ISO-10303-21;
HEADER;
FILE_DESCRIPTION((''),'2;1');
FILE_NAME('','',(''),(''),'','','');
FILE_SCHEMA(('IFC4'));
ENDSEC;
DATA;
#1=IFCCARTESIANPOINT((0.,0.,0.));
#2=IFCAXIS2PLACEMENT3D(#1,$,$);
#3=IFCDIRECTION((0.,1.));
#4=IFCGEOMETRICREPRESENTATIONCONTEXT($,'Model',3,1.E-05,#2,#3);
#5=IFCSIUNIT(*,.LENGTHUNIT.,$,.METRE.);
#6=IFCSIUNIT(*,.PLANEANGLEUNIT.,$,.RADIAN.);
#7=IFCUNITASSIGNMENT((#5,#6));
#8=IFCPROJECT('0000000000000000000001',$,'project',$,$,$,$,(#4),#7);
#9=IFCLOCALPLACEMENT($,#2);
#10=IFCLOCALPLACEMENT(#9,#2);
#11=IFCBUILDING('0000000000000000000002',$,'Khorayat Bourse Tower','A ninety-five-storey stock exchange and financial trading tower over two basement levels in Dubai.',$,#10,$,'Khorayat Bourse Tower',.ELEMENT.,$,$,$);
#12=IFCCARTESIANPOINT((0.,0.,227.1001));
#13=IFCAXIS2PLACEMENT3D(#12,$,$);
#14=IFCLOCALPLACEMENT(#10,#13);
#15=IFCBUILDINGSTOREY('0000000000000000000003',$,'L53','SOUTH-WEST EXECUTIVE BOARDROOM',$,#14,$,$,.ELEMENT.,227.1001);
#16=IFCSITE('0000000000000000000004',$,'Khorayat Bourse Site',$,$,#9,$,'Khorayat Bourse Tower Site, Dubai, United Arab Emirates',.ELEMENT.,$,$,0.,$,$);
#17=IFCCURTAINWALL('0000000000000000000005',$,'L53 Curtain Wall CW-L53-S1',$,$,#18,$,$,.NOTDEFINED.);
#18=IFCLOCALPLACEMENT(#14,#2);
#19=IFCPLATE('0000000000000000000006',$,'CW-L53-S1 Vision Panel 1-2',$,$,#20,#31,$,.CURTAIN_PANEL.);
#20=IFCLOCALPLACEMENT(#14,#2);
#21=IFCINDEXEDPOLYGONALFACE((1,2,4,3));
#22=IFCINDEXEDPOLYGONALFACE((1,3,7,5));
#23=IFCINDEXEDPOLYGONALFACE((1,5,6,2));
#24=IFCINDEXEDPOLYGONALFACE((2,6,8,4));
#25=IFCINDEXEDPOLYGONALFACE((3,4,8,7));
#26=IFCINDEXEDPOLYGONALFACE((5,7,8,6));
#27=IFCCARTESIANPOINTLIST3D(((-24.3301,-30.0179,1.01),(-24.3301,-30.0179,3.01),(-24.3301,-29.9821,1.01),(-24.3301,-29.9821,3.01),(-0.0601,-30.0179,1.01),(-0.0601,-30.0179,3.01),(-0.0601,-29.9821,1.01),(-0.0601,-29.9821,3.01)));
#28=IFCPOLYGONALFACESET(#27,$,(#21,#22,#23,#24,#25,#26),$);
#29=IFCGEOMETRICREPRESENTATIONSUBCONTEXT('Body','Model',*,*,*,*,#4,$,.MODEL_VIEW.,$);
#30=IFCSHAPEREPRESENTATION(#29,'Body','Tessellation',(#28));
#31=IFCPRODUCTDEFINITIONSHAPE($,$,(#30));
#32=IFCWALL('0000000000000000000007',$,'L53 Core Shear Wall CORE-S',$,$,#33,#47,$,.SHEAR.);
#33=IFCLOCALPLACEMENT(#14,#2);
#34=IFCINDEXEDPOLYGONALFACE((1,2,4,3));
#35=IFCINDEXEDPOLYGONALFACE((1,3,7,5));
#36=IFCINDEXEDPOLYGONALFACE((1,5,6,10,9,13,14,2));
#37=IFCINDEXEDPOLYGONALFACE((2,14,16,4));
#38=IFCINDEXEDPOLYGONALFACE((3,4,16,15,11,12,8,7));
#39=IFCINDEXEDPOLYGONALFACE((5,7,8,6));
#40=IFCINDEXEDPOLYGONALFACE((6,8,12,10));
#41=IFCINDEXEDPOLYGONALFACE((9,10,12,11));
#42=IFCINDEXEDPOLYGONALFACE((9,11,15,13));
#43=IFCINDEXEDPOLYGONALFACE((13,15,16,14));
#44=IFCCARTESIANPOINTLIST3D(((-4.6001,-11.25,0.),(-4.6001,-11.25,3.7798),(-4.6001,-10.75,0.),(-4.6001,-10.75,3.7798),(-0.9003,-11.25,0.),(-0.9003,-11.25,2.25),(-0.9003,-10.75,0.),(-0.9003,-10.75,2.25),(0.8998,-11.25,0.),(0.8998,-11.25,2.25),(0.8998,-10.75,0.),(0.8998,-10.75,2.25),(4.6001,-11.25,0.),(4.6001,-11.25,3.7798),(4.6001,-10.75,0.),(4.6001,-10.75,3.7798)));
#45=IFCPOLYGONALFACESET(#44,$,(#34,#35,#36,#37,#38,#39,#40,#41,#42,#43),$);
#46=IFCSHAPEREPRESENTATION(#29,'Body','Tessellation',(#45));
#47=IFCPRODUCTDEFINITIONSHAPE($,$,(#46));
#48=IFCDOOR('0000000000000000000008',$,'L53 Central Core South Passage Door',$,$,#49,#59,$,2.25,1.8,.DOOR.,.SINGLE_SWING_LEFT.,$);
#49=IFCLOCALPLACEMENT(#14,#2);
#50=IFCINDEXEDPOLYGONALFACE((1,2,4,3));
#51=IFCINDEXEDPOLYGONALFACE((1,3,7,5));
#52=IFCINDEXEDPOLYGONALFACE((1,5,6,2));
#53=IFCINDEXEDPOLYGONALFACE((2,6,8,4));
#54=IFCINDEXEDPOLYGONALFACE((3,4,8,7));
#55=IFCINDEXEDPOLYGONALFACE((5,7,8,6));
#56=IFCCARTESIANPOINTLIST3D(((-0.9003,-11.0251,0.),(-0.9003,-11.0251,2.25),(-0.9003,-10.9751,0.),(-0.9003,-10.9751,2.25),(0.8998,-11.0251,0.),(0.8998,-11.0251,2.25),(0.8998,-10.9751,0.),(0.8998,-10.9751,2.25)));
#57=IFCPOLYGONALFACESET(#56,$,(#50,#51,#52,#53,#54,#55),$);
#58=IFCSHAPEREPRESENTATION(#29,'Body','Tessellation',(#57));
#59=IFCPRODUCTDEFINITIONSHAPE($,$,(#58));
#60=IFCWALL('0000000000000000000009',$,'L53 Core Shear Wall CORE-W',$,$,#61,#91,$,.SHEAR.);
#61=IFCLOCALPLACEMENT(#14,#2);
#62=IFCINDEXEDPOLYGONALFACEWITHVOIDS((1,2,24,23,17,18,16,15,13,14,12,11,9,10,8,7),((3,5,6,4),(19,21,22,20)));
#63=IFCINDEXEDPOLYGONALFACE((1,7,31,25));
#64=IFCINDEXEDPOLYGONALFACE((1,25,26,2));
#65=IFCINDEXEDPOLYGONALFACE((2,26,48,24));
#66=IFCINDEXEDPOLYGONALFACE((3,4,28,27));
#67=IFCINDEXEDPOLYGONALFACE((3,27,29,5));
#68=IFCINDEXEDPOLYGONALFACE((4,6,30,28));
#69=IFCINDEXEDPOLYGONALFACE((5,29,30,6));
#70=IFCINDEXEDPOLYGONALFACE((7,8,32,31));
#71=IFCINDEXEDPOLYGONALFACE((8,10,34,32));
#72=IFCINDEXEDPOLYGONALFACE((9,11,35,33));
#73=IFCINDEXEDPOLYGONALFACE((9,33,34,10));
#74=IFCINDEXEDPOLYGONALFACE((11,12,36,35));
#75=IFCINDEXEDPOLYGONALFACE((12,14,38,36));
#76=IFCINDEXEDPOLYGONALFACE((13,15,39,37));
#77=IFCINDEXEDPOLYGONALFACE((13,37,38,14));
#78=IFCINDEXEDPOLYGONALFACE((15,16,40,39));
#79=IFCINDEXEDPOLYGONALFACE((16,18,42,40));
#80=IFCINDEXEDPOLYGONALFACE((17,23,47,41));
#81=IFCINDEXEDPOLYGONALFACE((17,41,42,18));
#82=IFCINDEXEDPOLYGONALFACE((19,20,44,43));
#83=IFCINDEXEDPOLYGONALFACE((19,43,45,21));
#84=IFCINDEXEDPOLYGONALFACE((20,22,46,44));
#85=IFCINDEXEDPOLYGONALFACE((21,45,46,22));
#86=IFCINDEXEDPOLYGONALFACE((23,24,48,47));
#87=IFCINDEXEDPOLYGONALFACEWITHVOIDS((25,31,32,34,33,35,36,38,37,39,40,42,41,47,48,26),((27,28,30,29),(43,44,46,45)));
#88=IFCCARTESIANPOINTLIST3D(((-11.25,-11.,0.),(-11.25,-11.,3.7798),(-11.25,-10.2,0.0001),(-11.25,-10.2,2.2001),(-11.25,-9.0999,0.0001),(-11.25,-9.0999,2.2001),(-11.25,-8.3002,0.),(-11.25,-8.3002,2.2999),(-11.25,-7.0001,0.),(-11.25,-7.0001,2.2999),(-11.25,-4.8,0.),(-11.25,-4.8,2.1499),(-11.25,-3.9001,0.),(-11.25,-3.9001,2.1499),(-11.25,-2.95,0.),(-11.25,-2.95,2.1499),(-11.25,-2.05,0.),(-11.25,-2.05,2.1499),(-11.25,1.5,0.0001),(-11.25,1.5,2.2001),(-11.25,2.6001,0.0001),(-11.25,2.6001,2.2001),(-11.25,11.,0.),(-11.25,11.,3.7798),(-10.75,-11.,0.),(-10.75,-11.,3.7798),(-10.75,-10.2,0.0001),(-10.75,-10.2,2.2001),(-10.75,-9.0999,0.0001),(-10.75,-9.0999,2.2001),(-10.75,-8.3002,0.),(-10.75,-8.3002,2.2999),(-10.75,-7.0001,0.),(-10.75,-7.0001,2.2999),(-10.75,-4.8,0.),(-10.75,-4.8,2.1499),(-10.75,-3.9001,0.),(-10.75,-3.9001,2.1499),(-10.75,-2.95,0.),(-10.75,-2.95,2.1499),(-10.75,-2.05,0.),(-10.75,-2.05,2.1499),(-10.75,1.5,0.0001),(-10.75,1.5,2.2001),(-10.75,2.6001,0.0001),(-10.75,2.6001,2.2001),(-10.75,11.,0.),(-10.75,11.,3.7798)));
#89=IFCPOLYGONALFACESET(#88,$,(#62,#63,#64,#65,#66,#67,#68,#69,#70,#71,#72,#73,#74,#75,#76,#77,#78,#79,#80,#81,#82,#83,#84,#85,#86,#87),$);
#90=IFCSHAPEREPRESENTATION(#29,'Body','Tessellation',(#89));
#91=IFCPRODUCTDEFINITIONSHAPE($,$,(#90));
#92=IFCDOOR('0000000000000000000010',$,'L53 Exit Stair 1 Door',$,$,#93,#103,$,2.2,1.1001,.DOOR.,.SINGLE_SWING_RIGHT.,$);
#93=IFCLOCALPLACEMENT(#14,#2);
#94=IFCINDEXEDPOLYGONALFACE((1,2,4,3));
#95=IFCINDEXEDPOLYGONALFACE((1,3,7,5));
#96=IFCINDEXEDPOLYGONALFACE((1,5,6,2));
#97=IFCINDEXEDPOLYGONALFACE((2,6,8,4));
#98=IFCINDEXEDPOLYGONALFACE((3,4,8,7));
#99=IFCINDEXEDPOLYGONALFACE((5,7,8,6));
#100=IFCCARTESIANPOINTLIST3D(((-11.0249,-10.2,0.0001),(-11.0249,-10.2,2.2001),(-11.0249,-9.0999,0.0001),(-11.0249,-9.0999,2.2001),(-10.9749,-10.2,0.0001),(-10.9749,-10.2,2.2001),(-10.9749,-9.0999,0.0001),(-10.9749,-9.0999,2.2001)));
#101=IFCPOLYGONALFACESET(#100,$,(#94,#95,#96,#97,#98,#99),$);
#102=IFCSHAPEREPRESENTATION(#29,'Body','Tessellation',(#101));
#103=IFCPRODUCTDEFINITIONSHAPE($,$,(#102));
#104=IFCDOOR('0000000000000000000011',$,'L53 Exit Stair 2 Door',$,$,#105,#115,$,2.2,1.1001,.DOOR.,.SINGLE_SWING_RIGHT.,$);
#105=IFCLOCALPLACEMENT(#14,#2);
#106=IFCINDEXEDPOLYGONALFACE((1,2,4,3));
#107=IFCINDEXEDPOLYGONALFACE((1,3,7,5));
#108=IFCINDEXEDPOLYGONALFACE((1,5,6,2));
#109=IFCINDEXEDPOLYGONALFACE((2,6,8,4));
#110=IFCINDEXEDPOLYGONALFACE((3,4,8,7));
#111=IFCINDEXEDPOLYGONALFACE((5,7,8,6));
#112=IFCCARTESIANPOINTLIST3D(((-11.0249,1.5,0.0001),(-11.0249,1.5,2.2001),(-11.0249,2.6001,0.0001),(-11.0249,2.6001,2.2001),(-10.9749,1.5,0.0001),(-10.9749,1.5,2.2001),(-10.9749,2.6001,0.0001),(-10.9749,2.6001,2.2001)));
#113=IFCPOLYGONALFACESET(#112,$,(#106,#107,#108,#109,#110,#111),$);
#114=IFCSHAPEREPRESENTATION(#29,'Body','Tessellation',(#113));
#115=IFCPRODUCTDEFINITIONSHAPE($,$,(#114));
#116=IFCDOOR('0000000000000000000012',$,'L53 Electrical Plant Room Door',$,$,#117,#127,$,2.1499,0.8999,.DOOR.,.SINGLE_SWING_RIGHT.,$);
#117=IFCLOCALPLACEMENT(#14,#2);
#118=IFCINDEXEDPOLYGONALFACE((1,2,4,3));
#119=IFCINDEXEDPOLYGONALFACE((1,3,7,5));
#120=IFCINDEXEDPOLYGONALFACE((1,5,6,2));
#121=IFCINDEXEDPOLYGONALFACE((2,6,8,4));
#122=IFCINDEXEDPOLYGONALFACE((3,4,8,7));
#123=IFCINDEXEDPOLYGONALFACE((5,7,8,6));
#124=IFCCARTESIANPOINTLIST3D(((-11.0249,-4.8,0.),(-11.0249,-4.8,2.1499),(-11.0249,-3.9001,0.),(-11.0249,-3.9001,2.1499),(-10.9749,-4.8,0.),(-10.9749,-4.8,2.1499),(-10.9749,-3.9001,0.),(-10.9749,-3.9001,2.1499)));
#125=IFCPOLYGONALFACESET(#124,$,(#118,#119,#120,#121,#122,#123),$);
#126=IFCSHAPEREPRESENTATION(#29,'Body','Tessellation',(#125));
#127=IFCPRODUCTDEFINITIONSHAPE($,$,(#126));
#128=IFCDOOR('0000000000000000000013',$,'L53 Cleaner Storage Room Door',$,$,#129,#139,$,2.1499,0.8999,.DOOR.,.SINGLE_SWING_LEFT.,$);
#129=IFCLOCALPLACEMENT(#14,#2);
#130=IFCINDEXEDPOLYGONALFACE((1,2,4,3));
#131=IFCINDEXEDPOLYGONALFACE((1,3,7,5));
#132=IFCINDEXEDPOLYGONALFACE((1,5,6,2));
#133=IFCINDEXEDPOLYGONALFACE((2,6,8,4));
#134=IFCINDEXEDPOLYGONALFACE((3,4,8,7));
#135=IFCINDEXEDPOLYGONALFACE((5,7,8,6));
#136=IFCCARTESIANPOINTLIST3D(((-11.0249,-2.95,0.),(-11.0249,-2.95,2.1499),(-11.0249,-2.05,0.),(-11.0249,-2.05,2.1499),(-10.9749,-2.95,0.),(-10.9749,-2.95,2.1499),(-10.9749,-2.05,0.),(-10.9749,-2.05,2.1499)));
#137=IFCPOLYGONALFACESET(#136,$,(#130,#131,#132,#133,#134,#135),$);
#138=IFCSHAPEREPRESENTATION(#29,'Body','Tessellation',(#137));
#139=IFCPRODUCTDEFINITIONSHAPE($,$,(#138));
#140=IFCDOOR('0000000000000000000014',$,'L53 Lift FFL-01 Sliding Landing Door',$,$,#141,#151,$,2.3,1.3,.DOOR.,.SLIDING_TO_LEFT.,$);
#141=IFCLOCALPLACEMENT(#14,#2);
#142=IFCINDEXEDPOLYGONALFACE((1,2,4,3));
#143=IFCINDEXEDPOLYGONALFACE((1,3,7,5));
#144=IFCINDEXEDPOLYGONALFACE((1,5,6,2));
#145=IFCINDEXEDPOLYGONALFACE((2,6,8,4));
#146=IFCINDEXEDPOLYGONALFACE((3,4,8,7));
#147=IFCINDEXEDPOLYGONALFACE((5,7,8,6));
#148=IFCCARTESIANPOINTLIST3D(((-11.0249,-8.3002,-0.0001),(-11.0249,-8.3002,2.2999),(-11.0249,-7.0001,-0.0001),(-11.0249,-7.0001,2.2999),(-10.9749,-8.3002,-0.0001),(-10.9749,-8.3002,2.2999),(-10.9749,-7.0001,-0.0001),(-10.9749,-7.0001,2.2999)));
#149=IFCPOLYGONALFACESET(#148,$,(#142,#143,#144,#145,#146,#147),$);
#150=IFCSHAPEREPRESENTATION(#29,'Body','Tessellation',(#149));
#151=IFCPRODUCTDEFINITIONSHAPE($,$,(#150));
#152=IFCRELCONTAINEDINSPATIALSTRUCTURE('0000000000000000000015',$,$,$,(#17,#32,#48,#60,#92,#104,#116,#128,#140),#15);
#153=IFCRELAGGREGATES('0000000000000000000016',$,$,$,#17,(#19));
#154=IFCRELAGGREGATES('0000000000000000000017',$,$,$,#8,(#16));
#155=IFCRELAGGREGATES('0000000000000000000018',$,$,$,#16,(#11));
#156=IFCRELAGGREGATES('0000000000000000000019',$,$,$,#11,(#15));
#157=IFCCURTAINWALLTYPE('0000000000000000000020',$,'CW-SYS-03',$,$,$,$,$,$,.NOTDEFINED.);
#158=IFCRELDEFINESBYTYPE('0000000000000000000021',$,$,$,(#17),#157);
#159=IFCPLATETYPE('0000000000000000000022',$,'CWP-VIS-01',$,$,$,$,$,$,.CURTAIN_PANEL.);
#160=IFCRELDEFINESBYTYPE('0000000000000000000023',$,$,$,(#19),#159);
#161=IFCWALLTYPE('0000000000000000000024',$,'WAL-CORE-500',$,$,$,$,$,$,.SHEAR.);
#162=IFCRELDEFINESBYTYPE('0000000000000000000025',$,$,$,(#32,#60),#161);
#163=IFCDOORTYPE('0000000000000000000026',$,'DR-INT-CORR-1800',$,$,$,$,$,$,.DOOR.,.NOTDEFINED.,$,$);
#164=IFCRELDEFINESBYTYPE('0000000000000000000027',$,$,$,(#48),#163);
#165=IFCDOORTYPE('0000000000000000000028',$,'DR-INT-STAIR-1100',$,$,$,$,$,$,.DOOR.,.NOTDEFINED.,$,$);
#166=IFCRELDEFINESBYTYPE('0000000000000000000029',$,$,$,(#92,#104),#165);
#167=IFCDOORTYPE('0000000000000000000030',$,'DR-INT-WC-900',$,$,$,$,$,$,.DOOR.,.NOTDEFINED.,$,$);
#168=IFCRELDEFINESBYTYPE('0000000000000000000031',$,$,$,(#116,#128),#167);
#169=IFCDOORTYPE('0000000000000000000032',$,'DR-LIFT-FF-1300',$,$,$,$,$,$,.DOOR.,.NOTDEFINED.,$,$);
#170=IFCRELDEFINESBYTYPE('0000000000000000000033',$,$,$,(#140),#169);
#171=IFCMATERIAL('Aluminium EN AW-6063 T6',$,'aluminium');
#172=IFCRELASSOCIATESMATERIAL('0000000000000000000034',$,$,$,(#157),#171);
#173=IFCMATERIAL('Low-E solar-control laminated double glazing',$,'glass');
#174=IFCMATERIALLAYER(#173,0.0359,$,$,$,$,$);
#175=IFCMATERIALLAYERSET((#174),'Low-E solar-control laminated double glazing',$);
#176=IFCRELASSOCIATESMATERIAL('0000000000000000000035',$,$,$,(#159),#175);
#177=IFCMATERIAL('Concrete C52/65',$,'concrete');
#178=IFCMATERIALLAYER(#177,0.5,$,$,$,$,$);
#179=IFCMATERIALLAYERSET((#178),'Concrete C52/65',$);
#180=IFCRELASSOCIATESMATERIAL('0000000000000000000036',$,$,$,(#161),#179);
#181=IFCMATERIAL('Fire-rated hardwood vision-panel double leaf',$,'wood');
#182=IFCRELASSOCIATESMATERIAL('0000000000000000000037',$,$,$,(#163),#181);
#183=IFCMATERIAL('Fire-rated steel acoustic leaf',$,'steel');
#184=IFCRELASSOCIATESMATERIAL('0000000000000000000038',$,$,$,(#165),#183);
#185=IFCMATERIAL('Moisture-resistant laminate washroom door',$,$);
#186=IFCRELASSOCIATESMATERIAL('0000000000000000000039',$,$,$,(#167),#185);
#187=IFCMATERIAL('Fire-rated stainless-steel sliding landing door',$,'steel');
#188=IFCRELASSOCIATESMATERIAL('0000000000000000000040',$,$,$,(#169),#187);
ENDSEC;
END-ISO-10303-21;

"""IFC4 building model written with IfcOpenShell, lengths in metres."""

from ifc_helpers import new_model, si_unit, direction, frame, frame_2d, origin, origin_2d, place, context, subcontext, project, spatial, rectangle, extrude, source, transform, mapped, material, layer, layer_set, type_object, element, fill, aggregate, save


model = new_model("IFC4")

# Units and contexts
model_context = context("Model", 3, precision=1e-05, world=origin(), true_north=direction((0.0, 1.0)))
body_context = subcontext(model_context, "Body", "Model", "MODEL_VIEW")
ifc_project = project(units=[si_unit("LENGTHUNIT", "METRE"), si_unit("PLANEANGLEUNIT", "RADIAN")], contexts=[model_context])

# Site, building, storey
site_placement = place(None, origin())
site = spatial("IfcSite", under=ifc_project, at=site_placement, Name="Khorayat Bourse Site", LongName="Khorayat Bourse Tower Site, Dubai, United Arab Emirates", CompositionType="ELEMENT", RefElevation=0.0)
building_placement = place(site_placement, origin())
building = spatial("IfcBuilding", under=site, at=building_placement, Name="Khorayat Bourse Tower", Description="A ninety-five-storey stock exchange and financial trading tower over two basement levels in Dubai.", LongName="Khorayat Bourse Tower", CompositionType="ELEMENT")
storey_placement = place(building_placement, frame((0.0, 0.0, 227.1001)))
storey = spatial("IfcBuildingStorey", under=building, at=storey_placement, Name="L53", Description="SOUTH-WEST EXECUTIVE BOARDROOM", CompositionType="ELEMENT", Elevation=227.1001)

# Curtain wall
ifc_material_1 = material(Name="Aluminium EN AW-6063 T6", Category="aluminium")
curtain_wall_type = type_object("IfcCurtainWallType", Name="CW-SYS-03", PredefinedType="NOTDEFINED", material=ifc_material_1)
curtain_wall_placement = place(storey_placement, origin())
curtain_wall = element("IfcCurtainWall", 1, at=curtain_wall_placement, inside=storey, type_object=curtain_wall_type, Name="L53 Curtain Wall CW-L53-S1", PredefinedType="NOTDEFINED")

# Plate
ifc_material_2 = material(Name="Low-E solar-control laminated double glazing", Category="glass")
ifc_layer_1 = layer(ifc_material_2, 0.0359)
ifc_layer_set_1 = layer_set([ifc_layer_1], Name="Low-E solar-control laminated double glazing")
plate_type_1 = type_object("IfcPlateType", Name="CWP-VIS-01", PredefinedType="CURTAIN_PANEL", material=ifc_layer_set_1)
shared_shape_1 = source(origin(), body_context, "Body", "SweptSolid", [
    extrude(rectangle(XDim=24.27, YDim=0.0359, at=origin_2d()), origin(), (0.0, 0.0, 1.0), 2.0),
])
plate_1_placement = place(storey_placement, frame((-12.1951, -30.0, 1.01), z_axis=(0.0, 0.0, 1.0), x_axis=(1.0, 0.0, 0.0)))
plate_1 = element("IfcPlate", 2, at=plate_1_placement, type_object=plate_type_1, Name="CW-L53-S1 Vision Panel 1-2", PredefinedType="CURTAIN_PANEL", context=body_context, shape_type="MappedRepresentation", body=[
    mapped(shared_shape_1, transform((0.0, 0.0, 0.0), scale=1.0)),
])
aggregate(curtain_wall, [plate_1])

# Wall, opening, door
ifc_material_3 = material(Name="Concrete C52/65", Category="concrete")
ifc_layer_2 = layer(ifc_material_3, 0.5)
ifc_layer_set_2 = layer_set([ifc_layer_2], Name="Concrete C52/65")
wall_type_1 = type_object("IfcWallType", Name="WAL-CORE-500", PredefinedType="SHEAR", material=ifc_layer_set_2)
shared_shape_2 = source(origin(), body_context, "Body", "SweptSolid", [
    extrude(rectangle(XDim=9.2002, YDim=0.5, at=frame_2d((4.6001, 0.0))), origin(), (0.0, 0.0, 1.0), 3.7798),
])
wall_1_placement = place(storey_placement, frame((-4.6001, -11.0, 0.0), z_axis=(0.0, 0.0, 1.0), x_axis=(1.0, 0.0, 0.0)))
wall_1 = element("IfcWall", 3, at=wall_1_placement, inside=storey, type_object=wall_type_1, Name="L53 Core Shear Wall CORE-S", PredefinedType="SHEAR", context=body_context, shape_type="MappedRepresentation", body=[
    mapped(shared_shape_2, transform((0.0, 0.0, 0.0), scale=1.0)),
])
shared_shape_3 = source(origin(), body_context, "Body", "SweptSolid", [
    extrude(rectangle(XDim=1.8, YDim=2.25, at=frame_2d((0.8999, 1.125))), frame((0.0, 0.26, 0.0), z_axis=(0.0, -1.0, 0.0), x_axis=(1.0, 0.0, 0.0)), (0.0, 0.0, 1.0), 0.52),
])
opening_1_placement = place(wall_1_placement, frame((3.7, 0.0, 0.0)))
opening_1 = element("IfcOpeningElement", 4, at=opening_1_placement, cuts=wall_1, PredefinedType="OPENING", context=body_context, shape_type="MappedRepresentation", body=[
    mapped(shared_shape_3, transform((0.0, 0.0, 0.0), scale=1.0)),
])
ifc_material_4 = material(Name="Fire-rated hardwood vision-panel double leaf", Category="wood")
door_type_1 = type_object("IfcDoorType", Name="DR-INT-CORR-1800", OperationType="NOTDEFINED", PredefinedType="DOOR", material=ifc_material_4)
shared_shape_4 = source(origin(), body_context, "Body", "SweptSolid", [
    extrude(rectangle(XDim=1.8, YDim=2.25, at=frame_2d((0.8999, 1.125))), frame((0.0, 0.0249, 0.0), z_axis=(0.0, -1.0, 0.0), x_axis=(1.0, 0.0, 0.0)), (0.0, 0.0, 1.0), 0.05),
])
door_1_placement = place(opening_1_placement, origin())
door_1 = element("IfcDoor", 5, at=door_1_placement, inside=storey, type_object=door_type_1, Name="L53 Central Core South Passage Door", OperationType="SINGLE_SWING_LEFT", OverallHeight=2.25, OverallWidth=1.8, PredefinedType="DOOR", context=body_context, shape_type="MappedRepresentation", body=[
    mapped(shared_shape_4, transform((0.0, 0.0, 0.0), scale=1.0)),
])
fill(opening_1, door_1)

# Wall, openings, doors
shared_shape_5 = source(origin(), body_context, "Body", "SweptSolid", [
    extrude(rectangle(XDim=22.0, YDim=0.5, at=frame_2d((11.0, 0.0))), origin(), (0.0, 0.0, 1.0), 3.7798),
])
wall_2_placement = place(storey_placement, frame((-11.0, -11.0, 0.0), z_axis=(0.0, 0.0, 1.0), x_axis=(0.0, 1.0, 0.0)))
wall_2 = element("IfcWall", 6, at=wall_2_placement, inside=storey, type_object=wall_type_1, Name="L53 Core Shear Wall CORE-W", PredefinedType="SHEAR", context=body_context, shape_type="MappedRepresentation", body=[
    mapped(shared_shape_5, transform((0.0, 0.0, 0.0), scale=1.0)),
])
shared_shape_6 = source(origin(), body_context, "Body", "SweptSolid", [
    extrude(rectangle(XDim=1.1001, YDim=2.2, at=frame_2d((0.55, 1.1001))), frame((0.0, 0.26, 0.0), z_axis=(0.0, -1.0, 0.0), x_axis=(1.0, 0.0, 0.0)), (0.0, 0.0, 1.0), 0.52),
])
opening_2_placement = place(wall_2_placement, frame((0.8, 0.0, 0.0)))
opening_2 = element("IfcOpeningElement", 7, at=opening_2_placement, cuts=wall_2, PredefinedType="OPENING", context=body_context, shape_type="MappedRepresentation", body=[
    mapped(shared_shape_6, transform((0.0, 0.0, 0.0), scale=1.0)),
])
opening_3_placement = place(wall_2_placement, frame((12.5, 0.0, 0.0)))
opening_3 = element("IfcOpeningElement", 8, at=opening_3_placement, cuts=wall_2, PredefinedType="OPENING", context=body_context, shape_type="MappedRepresentation", body=[
    mapped(shared_shape_6, transform((0.0, 0.0, 0.0), scale=1.0)),
])
shared_shape_7 = source(origin(), body_context, "Body", "SweptSolid", [
    extrude(rectangle(XDim=0.8999, YDim=2.1499, at=frame_2d((0.45, 1.075))), frame((0.0, 0.26, 0.0), z_axis=(0.0, -1.0, 0.0), x_axis=(1.0, 0.0, 0.0)), (0.0, 0.0, 1.0), 0.52),
])
opening_4_placement = place(wall_2_placement, frame((6.2, 0.0, 0.0)))
opening_4 = element("IfcOpeningElement", 9, at=opening_4_placement, cuts=wall_2, PredefinedType="OPENING", context=body_context, shape_type="MappedRepresentation", body=[
    mapped(shared_shape_7, transform((0.0, 0.0, 0.0), scale=1.0)),
])
opening_5_placement = place(wall_2_placement, frame((8.05, 0.0, 0.0)))
opening_5 = element("IfcOpeningElement", 10, at=opening_5_placement, cuts=wall_2, PredefinedType="OPENING", context=body_context, shape_type="MappedRepresentation", body=[
    mapped(shared_shape_7, transform((0.0, 0.0, 0.0), scale=1.0)),
])
shared_shape_8 = source(origin(), body_context, "Body", "SweptSolid", [
    extrude(rectangle(XDim=1.3, YDim=2.3, at=frame_2d((0.6499, 1.1499))), frame((0.0, 0.26, 0.0), z_axis=(0.0, -1.0, 0.0), x_axis=(1.0, 0.0, 0.0)), (0.0, 0.0, 1.0), 0.52),
])
opening_6_placement = place(wall_2_placement, frame((2.7, 0.0, 0.0)))
opening_6 = element("IfcOpeningElement", 11, at=opening_6_placement, cuts=wall_2, PredefinedType="OPENING", context=body_context, shape_type="MappedRepresentation", body=[
    mapped(shared_shape_8, transform((0.0, 0.0, 0.0), scale=1.0)),
])
ifc_material_5 = material(Name="Fire-rated steel acoustic leaf", Category="steel")
door_type_2 = type_object("IfcDoorType", Name="DR-INT-STAIR-1100", OperationType="NOTDEFINED", PredefinedType="DOOR", material=ifc_material_5)
shared_shape_9 = source(origin(), body_context, "Body", "SweptSolid", [
    extrude(rectangle(XDim=1.1001, YDim=2.2, at=frame_2d((0.55, 1.1001))), frame((0.0, 0.0249, 0.0), z_axis=(0.0, -1.0, 0.0), x_axis=(1.0, 0.0, 0.0)), (0.0, 0.0, 1.0), 0.05),
])
door_2_placement = place(opening_2_placement, origin())
door_2 = element("IfcDoor", 12, at=door_2_placement, inside=storey, type_object=door_type_2, Name="L53 Exit Stair 1 Door", OperationType="SINGLE_SWING_RIGHT", OverallHeight=2.2, OverallWidth=1.1001, PredefinedType="DOOR", context=body_context, shape_type="MappedRepresentation", body=[
    mapped(shared_shape_9, transform((0.0, 0.0, 0.0), scale=1.0)),
])
fill(opening_2, door_2)
door_3_placement = place(opening_3_placement, origin())
door_3 = element("IfcDoor", 13, at=door_3_placement, inside=storey, type_object=door_type_2, Name="L53 Exit Stair 2 Door", OperationType="SINGLE_SWING_RIGHT", OverallHeight=2.2, OverallWidth=1.1001, PredefinedType="DOOR", context=body_context, shape_type="MappedRepresentation", body=[
    mapped(shared_shape_9, transform((0.0, 0.0, 0.0), scale=1.0)),
])
fill(opening_3, door_3)
ifc_material_6 = material(Name="Moisture-resistant laminate washroom door")
door_type_3 = type_object("IfcDoorType", Name="DR-INT-WC-900", OperationType="NOTDEFINED", PredefinedType="DOOR", material=ifc_material_6)
shared_shape_10 = source(origin(), body_context, "Body", "SweptSolid", [
    extrude(rectangle(XDim=0.8999, YDim=2.1499, at=frame_2d((0.45, 1.075))), frame((0.0, 0.0249, 0.0), z_axis=(0.0, -1.0, 0.0), x_axis=(1.0, 0.0, 0.0)), (0.0, 0.0, 1.0), 0.05),
])
door_4_placement = place(opening_4_placement, origin())
door_4 = element("IfcDoor", 14, at=door_4_placement, inside=storey, type_object=door_type_3, Name="L53 Electrical Plant Room Door", OperationType="SINGLE_SWING_RIGHT", OverallHeight=2.1499, OverallWidth=0.8999, PredefinedType="DOOR", context=body_context, shape_type="MappedRepresentation", body=[
    mapped(shared_shape_10, transform((0.0, 0.0, 0.0), scale=1.0)),
])
fill(opening_4, door_4)
door_5_placement = place(opening_5_placement, origin())
door_5 = element("IfcDoor", 15, at=door_5_placement, inside=storey, type_object=door_type_3, Name="L53 Cleaner Storage Room Door", OperationType="SINGLE_SWING_LEFT", OverallHeight=2.1499, OverallWidth=0.8999, PredefinedType="DOOR", context=body_context, shape_type="MappedRepresentation", body=[
    mapped(shared_shape_10, transform((0.0, 0.0, 0.0), scale=1.0)),
])
fill(opening_5, door_5)
ifc_material_7 = material(Name="Fire-rated stainless-steel sliding landing door", Category="steel")
door_type_4 = type_object("IfcDoorType", Name="DR-LIFT-FF-1300", OperationType="NOTDEFINED", PredefinedType="DOOR", material=ifc_material_7)
shared_shape_11 = source(origin(), body_context, "Body", "SweptSolid", [
    extrude(rectangle(XDim=1.3, YDim=2.3, at=frame_2d((0.6499, 1.1499))), frame((0.0, 0.0249, 0.0), z_axis=(0.0, -1.0, 0.0), x_axis=(1.0, 0.0, 0.0)), (0.0, 0.0, 1.0), 0.05),
])
door_6_placement = place(opening_6_placement, origin())
door_6 = element("IfcDoor", 16, at=door_6_placement, inside=storey, type_object=door_type_4, Name="L53 Lift FFL-01 Sliding Landing Door", OperationType="SLIDING_TO_LEFT", OverallHeight=2.3, OverallWidth=1.3, PredefinedType="DOOR", context=body_context, shape_type="MappedRepresentation", body=[
    mapped(shared_shape_11, transform((0.0, 0.0, 0.0), scale=1.0)),
])
fill(opening_6, door_6)

save(model, "model.ifc")
